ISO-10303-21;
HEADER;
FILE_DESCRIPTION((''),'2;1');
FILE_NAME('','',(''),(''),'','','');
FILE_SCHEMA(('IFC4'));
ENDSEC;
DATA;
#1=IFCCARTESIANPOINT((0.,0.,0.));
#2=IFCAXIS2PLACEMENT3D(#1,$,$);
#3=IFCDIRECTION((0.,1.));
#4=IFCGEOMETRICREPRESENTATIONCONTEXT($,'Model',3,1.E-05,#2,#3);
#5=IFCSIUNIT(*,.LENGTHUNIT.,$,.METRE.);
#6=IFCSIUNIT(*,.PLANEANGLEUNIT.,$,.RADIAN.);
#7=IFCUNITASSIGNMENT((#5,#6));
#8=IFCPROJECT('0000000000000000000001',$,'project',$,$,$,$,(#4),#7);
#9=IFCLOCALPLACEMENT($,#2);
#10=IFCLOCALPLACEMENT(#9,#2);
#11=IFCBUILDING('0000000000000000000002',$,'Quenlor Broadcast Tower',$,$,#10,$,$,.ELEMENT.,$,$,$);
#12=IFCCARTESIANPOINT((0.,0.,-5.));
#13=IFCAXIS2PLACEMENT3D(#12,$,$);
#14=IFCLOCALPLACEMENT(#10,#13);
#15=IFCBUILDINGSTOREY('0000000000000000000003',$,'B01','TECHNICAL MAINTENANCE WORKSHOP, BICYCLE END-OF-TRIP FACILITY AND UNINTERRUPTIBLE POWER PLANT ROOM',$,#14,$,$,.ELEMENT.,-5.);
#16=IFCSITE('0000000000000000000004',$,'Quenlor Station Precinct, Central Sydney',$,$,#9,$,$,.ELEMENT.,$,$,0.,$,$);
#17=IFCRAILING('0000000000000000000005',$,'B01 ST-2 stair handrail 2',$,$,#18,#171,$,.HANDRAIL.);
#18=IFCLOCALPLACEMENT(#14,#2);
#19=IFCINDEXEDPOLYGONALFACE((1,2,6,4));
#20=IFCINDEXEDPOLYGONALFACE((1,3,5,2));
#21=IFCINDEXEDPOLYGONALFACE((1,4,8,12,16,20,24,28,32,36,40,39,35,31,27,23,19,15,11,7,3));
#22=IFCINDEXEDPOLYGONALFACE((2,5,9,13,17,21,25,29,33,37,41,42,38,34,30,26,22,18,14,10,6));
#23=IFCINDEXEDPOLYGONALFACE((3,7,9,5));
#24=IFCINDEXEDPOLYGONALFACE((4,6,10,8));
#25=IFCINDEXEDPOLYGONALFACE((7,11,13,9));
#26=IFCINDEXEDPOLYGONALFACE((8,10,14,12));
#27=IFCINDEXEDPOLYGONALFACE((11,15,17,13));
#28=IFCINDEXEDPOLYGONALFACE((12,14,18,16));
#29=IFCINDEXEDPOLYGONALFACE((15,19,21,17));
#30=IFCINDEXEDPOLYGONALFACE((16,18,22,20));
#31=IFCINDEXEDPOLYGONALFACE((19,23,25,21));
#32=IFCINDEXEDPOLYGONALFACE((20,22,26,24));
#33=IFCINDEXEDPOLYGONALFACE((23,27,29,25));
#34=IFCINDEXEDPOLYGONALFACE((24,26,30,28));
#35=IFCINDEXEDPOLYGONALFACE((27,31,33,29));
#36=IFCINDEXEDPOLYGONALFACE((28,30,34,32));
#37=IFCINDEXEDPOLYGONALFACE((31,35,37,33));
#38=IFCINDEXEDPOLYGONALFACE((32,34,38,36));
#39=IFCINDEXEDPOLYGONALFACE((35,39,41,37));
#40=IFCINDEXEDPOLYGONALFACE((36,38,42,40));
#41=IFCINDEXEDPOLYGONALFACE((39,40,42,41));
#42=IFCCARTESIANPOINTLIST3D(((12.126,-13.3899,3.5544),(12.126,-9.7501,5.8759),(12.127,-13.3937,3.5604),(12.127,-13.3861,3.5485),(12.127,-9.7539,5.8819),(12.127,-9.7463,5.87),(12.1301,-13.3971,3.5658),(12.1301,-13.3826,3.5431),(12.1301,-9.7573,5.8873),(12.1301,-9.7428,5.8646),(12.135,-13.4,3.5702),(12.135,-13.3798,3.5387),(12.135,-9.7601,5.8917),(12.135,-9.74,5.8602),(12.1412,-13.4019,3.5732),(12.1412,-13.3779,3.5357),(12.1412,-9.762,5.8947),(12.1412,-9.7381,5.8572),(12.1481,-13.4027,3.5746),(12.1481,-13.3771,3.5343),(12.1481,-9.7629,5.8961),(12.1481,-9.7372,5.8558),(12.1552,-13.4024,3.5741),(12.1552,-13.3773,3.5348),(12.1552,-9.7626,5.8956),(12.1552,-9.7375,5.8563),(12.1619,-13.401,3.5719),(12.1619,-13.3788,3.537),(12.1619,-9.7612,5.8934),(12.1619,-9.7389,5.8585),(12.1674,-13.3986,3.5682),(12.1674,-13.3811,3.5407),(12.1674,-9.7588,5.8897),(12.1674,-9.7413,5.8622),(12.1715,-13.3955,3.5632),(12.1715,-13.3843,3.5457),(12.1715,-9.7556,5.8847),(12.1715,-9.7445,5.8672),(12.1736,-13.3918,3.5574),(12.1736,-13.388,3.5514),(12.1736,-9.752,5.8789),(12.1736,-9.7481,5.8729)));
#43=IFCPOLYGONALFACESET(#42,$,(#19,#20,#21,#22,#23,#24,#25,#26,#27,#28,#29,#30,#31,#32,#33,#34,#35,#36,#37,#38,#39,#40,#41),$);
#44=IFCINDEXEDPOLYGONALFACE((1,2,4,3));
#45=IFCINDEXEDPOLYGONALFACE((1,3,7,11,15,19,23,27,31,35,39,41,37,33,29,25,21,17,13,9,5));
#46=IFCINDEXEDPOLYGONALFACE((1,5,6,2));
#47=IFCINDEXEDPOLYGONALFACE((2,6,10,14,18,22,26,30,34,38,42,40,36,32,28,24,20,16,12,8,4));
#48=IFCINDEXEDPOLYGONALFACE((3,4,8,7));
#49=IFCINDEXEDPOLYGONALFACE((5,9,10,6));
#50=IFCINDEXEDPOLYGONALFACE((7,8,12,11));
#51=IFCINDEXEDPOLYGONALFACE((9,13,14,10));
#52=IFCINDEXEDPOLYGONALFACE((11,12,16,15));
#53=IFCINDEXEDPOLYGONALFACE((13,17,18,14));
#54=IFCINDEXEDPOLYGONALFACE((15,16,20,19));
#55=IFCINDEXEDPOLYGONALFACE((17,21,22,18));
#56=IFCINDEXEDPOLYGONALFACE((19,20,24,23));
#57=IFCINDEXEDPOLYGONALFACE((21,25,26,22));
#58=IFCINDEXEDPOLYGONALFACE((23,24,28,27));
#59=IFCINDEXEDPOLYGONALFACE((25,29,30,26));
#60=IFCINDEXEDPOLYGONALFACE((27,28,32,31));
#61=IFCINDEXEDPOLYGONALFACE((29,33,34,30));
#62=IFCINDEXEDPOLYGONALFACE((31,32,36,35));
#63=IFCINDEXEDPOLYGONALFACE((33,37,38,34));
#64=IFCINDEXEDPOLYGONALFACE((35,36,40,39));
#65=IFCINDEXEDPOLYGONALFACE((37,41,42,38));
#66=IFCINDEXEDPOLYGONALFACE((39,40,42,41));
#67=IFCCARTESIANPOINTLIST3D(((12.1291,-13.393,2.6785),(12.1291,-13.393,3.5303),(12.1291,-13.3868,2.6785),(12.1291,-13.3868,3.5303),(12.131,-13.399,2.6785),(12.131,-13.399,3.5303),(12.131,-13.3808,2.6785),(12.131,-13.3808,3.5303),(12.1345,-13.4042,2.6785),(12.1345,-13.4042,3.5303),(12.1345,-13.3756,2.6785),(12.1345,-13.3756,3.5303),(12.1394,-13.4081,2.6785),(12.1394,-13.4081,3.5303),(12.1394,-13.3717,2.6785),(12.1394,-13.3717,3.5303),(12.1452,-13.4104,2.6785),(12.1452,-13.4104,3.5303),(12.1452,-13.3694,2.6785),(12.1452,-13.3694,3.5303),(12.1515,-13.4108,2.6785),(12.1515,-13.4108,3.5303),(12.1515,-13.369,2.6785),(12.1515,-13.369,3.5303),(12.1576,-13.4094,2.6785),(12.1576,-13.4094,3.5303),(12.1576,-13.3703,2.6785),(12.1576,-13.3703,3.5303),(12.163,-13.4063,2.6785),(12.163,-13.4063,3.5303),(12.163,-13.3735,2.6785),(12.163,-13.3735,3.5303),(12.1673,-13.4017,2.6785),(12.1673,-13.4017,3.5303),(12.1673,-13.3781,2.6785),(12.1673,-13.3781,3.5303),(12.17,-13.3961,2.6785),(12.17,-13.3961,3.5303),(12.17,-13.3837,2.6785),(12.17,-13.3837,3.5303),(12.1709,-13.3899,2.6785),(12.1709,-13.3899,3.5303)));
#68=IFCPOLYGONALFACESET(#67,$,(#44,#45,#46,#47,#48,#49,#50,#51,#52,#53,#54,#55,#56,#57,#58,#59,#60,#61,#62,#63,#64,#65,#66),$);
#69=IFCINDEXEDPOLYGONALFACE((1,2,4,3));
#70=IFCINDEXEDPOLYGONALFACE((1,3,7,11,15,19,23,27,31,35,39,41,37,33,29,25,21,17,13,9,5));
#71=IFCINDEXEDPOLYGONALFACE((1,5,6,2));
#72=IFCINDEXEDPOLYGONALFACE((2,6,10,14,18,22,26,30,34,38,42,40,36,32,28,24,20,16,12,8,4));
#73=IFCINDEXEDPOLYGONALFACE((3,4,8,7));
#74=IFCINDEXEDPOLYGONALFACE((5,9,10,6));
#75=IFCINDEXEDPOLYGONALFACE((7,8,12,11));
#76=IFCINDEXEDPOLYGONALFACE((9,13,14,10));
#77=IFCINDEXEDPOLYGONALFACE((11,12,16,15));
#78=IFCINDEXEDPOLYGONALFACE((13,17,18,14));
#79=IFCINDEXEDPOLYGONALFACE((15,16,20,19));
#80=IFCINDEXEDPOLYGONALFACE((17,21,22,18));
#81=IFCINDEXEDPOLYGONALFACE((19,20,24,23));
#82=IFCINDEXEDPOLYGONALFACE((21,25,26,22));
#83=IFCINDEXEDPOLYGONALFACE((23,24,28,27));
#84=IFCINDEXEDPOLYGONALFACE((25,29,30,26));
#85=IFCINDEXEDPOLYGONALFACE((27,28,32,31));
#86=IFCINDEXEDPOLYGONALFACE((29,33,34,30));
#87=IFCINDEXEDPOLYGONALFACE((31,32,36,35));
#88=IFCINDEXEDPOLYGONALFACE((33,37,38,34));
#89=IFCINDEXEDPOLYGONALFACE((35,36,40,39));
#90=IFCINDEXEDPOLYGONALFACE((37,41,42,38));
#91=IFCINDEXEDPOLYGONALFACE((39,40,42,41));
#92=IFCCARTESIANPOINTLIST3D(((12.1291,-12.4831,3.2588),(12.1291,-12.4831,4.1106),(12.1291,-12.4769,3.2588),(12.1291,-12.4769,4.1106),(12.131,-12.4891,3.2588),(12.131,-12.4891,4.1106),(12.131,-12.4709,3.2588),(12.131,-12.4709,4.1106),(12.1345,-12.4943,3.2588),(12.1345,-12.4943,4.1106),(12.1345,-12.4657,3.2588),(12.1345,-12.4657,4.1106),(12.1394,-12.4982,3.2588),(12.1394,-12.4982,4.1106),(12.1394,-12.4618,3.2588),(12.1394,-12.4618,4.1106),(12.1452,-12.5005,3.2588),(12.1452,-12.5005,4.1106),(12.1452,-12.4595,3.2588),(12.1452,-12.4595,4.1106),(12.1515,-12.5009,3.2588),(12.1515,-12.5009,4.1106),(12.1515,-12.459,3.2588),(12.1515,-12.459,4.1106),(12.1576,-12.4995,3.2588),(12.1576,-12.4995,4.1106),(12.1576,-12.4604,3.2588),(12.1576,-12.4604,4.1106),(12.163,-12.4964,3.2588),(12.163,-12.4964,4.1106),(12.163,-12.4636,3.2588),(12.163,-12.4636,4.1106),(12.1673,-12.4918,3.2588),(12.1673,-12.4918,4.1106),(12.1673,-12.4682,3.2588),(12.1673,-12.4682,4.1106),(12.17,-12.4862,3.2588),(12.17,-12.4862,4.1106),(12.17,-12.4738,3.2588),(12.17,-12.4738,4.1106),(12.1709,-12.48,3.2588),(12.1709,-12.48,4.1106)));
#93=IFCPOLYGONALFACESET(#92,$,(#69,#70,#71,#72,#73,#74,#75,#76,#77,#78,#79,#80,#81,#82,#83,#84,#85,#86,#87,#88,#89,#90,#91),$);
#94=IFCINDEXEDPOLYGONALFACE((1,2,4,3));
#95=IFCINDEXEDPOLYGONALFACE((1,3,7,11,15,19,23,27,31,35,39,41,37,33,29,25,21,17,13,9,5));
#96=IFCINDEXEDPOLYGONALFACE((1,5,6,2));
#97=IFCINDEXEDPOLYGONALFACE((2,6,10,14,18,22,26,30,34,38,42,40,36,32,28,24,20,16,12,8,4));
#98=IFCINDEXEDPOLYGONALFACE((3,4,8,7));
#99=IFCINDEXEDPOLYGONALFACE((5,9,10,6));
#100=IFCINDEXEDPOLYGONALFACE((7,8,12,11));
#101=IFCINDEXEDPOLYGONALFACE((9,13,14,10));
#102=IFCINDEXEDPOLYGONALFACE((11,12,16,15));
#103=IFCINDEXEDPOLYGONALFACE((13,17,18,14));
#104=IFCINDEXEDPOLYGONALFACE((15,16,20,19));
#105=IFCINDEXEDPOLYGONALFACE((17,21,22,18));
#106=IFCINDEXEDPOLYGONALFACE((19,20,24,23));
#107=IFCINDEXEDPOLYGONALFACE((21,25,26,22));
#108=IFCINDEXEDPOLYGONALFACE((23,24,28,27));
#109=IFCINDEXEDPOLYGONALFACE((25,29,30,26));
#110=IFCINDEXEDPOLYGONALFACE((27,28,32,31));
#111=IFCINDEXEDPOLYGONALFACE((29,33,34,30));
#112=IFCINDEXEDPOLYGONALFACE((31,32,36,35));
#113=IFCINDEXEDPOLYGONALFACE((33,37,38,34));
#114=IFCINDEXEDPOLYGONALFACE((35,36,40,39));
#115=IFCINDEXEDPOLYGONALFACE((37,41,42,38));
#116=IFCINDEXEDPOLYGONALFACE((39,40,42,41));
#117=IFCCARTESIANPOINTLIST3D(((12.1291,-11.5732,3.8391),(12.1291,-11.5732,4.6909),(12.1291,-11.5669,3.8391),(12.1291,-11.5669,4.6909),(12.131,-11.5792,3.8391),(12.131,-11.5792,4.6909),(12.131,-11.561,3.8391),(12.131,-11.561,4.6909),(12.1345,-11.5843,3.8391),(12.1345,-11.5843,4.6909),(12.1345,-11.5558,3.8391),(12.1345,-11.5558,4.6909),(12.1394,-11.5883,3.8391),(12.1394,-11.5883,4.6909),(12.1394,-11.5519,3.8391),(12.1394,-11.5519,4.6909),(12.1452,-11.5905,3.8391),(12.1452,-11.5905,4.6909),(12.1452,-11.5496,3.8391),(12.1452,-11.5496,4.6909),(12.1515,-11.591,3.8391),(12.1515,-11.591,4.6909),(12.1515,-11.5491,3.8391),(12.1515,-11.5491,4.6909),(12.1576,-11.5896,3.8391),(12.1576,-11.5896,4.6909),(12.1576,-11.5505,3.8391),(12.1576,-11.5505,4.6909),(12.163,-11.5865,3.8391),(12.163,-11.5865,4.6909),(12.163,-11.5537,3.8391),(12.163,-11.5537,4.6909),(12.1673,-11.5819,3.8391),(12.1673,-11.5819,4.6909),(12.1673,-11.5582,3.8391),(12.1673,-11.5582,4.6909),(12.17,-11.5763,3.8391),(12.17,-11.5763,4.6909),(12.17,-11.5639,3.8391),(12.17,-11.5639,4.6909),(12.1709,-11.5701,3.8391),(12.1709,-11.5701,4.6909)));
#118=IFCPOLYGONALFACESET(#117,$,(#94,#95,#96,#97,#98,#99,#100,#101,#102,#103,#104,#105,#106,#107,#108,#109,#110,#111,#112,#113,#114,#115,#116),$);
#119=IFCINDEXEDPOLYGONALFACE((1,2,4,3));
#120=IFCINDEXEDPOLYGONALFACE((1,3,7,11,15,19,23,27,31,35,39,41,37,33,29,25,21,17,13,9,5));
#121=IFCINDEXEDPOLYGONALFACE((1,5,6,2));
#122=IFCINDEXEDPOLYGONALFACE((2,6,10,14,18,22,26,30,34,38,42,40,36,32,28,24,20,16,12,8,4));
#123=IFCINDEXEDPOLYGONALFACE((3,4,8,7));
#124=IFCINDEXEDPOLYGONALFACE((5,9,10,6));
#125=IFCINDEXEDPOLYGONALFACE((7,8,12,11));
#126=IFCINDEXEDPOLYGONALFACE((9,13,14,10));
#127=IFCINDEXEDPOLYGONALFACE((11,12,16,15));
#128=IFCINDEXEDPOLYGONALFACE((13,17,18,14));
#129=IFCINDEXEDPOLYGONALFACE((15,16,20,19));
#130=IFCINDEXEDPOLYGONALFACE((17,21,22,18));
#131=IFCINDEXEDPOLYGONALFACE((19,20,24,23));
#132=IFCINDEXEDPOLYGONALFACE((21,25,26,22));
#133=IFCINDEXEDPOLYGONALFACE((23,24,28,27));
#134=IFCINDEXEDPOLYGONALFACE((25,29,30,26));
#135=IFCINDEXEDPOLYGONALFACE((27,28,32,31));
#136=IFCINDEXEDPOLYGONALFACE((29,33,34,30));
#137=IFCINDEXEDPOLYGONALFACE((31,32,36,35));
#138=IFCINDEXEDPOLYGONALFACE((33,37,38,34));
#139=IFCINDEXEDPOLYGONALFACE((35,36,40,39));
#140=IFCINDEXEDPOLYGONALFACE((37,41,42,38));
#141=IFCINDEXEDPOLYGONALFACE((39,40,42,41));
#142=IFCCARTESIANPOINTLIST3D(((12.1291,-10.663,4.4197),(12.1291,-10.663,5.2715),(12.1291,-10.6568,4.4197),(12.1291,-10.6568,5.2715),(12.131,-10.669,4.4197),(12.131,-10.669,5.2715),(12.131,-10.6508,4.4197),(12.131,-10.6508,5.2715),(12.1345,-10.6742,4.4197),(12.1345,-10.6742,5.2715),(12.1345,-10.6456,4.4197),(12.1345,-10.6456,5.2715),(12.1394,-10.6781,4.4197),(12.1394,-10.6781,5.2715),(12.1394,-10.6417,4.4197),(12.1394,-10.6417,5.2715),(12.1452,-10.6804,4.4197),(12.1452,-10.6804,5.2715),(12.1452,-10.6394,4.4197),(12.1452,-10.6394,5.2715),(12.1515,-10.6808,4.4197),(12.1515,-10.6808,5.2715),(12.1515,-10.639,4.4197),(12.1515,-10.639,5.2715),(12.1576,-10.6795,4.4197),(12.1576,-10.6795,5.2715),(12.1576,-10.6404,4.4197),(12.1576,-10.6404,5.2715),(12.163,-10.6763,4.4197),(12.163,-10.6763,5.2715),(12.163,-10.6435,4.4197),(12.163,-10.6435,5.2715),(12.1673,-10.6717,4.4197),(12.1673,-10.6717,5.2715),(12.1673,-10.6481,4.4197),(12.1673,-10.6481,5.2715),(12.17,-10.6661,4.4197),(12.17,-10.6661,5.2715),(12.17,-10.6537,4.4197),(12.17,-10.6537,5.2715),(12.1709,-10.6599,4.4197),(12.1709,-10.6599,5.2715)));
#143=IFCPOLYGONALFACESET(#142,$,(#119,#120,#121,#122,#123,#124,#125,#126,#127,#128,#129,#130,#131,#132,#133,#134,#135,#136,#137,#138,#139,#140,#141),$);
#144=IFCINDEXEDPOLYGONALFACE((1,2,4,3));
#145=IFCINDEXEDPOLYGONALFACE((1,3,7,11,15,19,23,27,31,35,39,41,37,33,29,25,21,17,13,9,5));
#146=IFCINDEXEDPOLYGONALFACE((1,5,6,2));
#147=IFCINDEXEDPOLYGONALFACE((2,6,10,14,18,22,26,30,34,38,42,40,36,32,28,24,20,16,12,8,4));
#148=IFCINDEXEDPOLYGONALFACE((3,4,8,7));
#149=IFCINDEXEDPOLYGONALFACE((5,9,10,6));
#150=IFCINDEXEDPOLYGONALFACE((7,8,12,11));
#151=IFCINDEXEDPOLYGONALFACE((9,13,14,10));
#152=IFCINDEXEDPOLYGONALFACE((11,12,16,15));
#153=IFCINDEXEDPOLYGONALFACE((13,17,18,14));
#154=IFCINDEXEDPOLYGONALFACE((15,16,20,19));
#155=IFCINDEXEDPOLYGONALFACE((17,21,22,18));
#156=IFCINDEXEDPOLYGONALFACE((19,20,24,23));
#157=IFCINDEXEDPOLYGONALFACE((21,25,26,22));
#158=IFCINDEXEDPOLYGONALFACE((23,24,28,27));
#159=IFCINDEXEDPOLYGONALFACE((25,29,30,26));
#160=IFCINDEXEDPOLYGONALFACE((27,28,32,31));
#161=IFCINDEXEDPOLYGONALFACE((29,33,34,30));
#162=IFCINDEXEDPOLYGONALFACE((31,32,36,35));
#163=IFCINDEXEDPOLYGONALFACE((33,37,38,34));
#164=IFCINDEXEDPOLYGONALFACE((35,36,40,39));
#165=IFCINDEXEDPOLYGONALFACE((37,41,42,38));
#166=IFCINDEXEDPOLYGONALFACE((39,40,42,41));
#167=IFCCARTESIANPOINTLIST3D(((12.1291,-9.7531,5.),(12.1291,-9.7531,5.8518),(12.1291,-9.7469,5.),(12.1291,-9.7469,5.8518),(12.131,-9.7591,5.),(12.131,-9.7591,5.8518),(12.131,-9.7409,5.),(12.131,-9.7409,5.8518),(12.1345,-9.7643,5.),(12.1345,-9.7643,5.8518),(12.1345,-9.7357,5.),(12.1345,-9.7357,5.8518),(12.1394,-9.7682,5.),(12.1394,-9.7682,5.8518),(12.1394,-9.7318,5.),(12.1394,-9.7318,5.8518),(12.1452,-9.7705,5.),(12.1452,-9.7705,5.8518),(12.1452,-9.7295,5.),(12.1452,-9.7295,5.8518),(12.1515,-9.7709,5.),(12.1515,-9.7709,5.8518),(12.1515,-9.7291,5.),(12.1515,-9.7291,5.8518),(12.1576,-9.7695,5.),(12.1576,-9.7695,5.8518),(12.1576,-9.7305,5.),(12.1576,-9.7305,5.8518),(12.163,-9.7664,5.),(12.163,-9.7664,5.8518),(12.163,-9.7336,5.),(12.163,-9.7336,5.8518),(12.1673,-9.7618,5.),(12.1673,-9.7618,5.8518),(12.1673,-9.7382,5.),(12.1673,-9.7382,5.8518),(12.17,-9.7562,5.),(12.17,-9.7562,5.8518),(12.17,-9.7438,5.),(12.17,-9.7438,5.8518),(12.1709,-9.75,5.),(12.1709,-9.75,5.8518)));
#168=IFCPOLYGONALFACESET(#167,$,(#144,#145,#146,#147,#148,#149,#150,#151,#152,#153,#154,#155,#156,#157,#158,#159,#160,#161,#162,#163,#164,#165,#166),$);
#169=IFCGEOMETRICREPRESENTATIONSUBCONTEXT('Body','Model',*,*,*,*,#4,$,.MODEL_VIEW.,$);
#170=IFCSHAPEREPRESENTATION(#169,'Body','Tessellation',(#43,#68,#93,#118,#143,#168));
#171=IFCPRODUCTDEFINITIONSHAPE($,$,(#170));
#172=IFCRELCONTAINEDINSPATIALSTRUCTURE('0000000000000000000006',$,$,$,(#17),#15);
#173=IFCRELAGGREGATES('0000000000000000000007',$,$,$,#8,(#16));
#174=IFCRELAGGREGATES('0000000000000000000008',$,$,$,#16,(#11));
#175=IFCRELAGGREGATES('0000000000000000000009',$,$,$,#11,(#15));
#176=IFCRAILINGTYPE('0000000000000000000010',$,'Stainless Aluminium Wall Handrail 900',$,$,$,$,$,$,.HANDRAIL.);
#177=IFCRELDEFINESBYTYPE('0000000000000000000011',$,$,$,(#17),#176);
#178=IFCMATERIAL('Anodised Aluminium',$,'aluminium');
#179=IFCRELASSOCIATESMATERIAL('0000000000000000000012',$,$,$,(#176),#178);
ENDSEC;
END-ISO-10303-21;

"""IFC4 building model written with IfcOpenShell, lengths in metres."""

from ifc_helpers import new_model, si_unit, direction, frame, origin, origin_2d, place, context, subcontext, project, spatial, circle, extrude, material, type_object, element, save


model = new_model("IFC4")

# Units and contexts
model_context = context("Model", 3, precision=1e-05, world=origin(), true_north=direction((0.0, 1.0)))
body_context = subcontext(model_context, "Body", "Model", "MODEL_VIEW")
ifc_project = project(units=[si_unit("LENGTHUNIT", "METRE"), si_unit("PLANEANGLEUNIT", "RADIAN")], contexts=[model_context])

# Site, building, storey
site_placement = place(None, origin())
site = spatial("IfcSite", under=ifc_project, at=site_placement, Name="Quenlor Station Precinct, Central Sydney", CompositionType="ELEMENT", RefElevation=0.0)
building_placement = place(site_placement, origin())
building = spatial("IfcBuilding", under=site, at=building_placement, Name="Quenlor Broadcast Tower", CompositionType="ELEMENT")
storey_placement = place(building_placement, frame((0.0, 0.0, -5.0)))
storey = spatial("IfcBuildingStorey", under=building, at=storey_placement, Name="B01", Description="TECHNICAL MAINTENANCE WORKSHOP, BICYCLE END-OF-TRIP FACILITY AND UNINTERRUPTIBLE POWER PLANT ROOM", CompositionType="ELEMENT", Elevation=-5.0)

# Railing
ifc_material_1 = material(Name="Anodised Aluminium", Category="aluminium")
railing_type_1 = type_object("IfcRailingType", Name="Stainless Aluminium Wall Handrail 900", PredefinedType="HANDRAIL", material=ifc_material_1)
railing_1_placement = place(storey_placement, frame((12.1499, -13.3899, 2.6785)))
element("IfcRailing", 1, at=railing_1_placement, inside=storey, type_object=railing_type_1, Name="B01 ST-2 stair handrail 2", PredefinedType="HANDRAIL", context=body_context, shape_type="SweptSolid", body=[
    extrude(circle(Radius=0.0239, at=origin_2d()), frame((0.0, 0.0, 0.876), z_axis=(0.0, 0.843112, 0.537739), x_axis=(-1.0, 0.0, 0.0)), (0.0, 0.0, 1.0), 4.3171),
    extrude(circle(Radius=0.021, at=origin_2d()), origin(), (0.0, 0.0, 1.0), 0.8518),
    extrude(circle(Radius=0.021, at=origin_2d()), frame((0.0, 0.9099, 0.5803)), (0.0, 0.0, 1.0), 0.8518),
    extrude(circle(Radius=0.021, at=origin_2d()), frame((0.0, 1.8198, 1.1606)), (0.0, 0.0, 1.0), 0.8518),
    extrude(circle(Radius=0.021, at=origin_2d()), frame((0.0, 2.73, 1.7412)), (0.0, 0.0, 1.0), 0.8518),
    extrude(circle(Radius=0.021, at=origin_2d()), frame((0.0, 3.6399, 2.3215)), (0.0, 0.0, 1.0), 0.8518),
])

save(model, "model.ifc")
